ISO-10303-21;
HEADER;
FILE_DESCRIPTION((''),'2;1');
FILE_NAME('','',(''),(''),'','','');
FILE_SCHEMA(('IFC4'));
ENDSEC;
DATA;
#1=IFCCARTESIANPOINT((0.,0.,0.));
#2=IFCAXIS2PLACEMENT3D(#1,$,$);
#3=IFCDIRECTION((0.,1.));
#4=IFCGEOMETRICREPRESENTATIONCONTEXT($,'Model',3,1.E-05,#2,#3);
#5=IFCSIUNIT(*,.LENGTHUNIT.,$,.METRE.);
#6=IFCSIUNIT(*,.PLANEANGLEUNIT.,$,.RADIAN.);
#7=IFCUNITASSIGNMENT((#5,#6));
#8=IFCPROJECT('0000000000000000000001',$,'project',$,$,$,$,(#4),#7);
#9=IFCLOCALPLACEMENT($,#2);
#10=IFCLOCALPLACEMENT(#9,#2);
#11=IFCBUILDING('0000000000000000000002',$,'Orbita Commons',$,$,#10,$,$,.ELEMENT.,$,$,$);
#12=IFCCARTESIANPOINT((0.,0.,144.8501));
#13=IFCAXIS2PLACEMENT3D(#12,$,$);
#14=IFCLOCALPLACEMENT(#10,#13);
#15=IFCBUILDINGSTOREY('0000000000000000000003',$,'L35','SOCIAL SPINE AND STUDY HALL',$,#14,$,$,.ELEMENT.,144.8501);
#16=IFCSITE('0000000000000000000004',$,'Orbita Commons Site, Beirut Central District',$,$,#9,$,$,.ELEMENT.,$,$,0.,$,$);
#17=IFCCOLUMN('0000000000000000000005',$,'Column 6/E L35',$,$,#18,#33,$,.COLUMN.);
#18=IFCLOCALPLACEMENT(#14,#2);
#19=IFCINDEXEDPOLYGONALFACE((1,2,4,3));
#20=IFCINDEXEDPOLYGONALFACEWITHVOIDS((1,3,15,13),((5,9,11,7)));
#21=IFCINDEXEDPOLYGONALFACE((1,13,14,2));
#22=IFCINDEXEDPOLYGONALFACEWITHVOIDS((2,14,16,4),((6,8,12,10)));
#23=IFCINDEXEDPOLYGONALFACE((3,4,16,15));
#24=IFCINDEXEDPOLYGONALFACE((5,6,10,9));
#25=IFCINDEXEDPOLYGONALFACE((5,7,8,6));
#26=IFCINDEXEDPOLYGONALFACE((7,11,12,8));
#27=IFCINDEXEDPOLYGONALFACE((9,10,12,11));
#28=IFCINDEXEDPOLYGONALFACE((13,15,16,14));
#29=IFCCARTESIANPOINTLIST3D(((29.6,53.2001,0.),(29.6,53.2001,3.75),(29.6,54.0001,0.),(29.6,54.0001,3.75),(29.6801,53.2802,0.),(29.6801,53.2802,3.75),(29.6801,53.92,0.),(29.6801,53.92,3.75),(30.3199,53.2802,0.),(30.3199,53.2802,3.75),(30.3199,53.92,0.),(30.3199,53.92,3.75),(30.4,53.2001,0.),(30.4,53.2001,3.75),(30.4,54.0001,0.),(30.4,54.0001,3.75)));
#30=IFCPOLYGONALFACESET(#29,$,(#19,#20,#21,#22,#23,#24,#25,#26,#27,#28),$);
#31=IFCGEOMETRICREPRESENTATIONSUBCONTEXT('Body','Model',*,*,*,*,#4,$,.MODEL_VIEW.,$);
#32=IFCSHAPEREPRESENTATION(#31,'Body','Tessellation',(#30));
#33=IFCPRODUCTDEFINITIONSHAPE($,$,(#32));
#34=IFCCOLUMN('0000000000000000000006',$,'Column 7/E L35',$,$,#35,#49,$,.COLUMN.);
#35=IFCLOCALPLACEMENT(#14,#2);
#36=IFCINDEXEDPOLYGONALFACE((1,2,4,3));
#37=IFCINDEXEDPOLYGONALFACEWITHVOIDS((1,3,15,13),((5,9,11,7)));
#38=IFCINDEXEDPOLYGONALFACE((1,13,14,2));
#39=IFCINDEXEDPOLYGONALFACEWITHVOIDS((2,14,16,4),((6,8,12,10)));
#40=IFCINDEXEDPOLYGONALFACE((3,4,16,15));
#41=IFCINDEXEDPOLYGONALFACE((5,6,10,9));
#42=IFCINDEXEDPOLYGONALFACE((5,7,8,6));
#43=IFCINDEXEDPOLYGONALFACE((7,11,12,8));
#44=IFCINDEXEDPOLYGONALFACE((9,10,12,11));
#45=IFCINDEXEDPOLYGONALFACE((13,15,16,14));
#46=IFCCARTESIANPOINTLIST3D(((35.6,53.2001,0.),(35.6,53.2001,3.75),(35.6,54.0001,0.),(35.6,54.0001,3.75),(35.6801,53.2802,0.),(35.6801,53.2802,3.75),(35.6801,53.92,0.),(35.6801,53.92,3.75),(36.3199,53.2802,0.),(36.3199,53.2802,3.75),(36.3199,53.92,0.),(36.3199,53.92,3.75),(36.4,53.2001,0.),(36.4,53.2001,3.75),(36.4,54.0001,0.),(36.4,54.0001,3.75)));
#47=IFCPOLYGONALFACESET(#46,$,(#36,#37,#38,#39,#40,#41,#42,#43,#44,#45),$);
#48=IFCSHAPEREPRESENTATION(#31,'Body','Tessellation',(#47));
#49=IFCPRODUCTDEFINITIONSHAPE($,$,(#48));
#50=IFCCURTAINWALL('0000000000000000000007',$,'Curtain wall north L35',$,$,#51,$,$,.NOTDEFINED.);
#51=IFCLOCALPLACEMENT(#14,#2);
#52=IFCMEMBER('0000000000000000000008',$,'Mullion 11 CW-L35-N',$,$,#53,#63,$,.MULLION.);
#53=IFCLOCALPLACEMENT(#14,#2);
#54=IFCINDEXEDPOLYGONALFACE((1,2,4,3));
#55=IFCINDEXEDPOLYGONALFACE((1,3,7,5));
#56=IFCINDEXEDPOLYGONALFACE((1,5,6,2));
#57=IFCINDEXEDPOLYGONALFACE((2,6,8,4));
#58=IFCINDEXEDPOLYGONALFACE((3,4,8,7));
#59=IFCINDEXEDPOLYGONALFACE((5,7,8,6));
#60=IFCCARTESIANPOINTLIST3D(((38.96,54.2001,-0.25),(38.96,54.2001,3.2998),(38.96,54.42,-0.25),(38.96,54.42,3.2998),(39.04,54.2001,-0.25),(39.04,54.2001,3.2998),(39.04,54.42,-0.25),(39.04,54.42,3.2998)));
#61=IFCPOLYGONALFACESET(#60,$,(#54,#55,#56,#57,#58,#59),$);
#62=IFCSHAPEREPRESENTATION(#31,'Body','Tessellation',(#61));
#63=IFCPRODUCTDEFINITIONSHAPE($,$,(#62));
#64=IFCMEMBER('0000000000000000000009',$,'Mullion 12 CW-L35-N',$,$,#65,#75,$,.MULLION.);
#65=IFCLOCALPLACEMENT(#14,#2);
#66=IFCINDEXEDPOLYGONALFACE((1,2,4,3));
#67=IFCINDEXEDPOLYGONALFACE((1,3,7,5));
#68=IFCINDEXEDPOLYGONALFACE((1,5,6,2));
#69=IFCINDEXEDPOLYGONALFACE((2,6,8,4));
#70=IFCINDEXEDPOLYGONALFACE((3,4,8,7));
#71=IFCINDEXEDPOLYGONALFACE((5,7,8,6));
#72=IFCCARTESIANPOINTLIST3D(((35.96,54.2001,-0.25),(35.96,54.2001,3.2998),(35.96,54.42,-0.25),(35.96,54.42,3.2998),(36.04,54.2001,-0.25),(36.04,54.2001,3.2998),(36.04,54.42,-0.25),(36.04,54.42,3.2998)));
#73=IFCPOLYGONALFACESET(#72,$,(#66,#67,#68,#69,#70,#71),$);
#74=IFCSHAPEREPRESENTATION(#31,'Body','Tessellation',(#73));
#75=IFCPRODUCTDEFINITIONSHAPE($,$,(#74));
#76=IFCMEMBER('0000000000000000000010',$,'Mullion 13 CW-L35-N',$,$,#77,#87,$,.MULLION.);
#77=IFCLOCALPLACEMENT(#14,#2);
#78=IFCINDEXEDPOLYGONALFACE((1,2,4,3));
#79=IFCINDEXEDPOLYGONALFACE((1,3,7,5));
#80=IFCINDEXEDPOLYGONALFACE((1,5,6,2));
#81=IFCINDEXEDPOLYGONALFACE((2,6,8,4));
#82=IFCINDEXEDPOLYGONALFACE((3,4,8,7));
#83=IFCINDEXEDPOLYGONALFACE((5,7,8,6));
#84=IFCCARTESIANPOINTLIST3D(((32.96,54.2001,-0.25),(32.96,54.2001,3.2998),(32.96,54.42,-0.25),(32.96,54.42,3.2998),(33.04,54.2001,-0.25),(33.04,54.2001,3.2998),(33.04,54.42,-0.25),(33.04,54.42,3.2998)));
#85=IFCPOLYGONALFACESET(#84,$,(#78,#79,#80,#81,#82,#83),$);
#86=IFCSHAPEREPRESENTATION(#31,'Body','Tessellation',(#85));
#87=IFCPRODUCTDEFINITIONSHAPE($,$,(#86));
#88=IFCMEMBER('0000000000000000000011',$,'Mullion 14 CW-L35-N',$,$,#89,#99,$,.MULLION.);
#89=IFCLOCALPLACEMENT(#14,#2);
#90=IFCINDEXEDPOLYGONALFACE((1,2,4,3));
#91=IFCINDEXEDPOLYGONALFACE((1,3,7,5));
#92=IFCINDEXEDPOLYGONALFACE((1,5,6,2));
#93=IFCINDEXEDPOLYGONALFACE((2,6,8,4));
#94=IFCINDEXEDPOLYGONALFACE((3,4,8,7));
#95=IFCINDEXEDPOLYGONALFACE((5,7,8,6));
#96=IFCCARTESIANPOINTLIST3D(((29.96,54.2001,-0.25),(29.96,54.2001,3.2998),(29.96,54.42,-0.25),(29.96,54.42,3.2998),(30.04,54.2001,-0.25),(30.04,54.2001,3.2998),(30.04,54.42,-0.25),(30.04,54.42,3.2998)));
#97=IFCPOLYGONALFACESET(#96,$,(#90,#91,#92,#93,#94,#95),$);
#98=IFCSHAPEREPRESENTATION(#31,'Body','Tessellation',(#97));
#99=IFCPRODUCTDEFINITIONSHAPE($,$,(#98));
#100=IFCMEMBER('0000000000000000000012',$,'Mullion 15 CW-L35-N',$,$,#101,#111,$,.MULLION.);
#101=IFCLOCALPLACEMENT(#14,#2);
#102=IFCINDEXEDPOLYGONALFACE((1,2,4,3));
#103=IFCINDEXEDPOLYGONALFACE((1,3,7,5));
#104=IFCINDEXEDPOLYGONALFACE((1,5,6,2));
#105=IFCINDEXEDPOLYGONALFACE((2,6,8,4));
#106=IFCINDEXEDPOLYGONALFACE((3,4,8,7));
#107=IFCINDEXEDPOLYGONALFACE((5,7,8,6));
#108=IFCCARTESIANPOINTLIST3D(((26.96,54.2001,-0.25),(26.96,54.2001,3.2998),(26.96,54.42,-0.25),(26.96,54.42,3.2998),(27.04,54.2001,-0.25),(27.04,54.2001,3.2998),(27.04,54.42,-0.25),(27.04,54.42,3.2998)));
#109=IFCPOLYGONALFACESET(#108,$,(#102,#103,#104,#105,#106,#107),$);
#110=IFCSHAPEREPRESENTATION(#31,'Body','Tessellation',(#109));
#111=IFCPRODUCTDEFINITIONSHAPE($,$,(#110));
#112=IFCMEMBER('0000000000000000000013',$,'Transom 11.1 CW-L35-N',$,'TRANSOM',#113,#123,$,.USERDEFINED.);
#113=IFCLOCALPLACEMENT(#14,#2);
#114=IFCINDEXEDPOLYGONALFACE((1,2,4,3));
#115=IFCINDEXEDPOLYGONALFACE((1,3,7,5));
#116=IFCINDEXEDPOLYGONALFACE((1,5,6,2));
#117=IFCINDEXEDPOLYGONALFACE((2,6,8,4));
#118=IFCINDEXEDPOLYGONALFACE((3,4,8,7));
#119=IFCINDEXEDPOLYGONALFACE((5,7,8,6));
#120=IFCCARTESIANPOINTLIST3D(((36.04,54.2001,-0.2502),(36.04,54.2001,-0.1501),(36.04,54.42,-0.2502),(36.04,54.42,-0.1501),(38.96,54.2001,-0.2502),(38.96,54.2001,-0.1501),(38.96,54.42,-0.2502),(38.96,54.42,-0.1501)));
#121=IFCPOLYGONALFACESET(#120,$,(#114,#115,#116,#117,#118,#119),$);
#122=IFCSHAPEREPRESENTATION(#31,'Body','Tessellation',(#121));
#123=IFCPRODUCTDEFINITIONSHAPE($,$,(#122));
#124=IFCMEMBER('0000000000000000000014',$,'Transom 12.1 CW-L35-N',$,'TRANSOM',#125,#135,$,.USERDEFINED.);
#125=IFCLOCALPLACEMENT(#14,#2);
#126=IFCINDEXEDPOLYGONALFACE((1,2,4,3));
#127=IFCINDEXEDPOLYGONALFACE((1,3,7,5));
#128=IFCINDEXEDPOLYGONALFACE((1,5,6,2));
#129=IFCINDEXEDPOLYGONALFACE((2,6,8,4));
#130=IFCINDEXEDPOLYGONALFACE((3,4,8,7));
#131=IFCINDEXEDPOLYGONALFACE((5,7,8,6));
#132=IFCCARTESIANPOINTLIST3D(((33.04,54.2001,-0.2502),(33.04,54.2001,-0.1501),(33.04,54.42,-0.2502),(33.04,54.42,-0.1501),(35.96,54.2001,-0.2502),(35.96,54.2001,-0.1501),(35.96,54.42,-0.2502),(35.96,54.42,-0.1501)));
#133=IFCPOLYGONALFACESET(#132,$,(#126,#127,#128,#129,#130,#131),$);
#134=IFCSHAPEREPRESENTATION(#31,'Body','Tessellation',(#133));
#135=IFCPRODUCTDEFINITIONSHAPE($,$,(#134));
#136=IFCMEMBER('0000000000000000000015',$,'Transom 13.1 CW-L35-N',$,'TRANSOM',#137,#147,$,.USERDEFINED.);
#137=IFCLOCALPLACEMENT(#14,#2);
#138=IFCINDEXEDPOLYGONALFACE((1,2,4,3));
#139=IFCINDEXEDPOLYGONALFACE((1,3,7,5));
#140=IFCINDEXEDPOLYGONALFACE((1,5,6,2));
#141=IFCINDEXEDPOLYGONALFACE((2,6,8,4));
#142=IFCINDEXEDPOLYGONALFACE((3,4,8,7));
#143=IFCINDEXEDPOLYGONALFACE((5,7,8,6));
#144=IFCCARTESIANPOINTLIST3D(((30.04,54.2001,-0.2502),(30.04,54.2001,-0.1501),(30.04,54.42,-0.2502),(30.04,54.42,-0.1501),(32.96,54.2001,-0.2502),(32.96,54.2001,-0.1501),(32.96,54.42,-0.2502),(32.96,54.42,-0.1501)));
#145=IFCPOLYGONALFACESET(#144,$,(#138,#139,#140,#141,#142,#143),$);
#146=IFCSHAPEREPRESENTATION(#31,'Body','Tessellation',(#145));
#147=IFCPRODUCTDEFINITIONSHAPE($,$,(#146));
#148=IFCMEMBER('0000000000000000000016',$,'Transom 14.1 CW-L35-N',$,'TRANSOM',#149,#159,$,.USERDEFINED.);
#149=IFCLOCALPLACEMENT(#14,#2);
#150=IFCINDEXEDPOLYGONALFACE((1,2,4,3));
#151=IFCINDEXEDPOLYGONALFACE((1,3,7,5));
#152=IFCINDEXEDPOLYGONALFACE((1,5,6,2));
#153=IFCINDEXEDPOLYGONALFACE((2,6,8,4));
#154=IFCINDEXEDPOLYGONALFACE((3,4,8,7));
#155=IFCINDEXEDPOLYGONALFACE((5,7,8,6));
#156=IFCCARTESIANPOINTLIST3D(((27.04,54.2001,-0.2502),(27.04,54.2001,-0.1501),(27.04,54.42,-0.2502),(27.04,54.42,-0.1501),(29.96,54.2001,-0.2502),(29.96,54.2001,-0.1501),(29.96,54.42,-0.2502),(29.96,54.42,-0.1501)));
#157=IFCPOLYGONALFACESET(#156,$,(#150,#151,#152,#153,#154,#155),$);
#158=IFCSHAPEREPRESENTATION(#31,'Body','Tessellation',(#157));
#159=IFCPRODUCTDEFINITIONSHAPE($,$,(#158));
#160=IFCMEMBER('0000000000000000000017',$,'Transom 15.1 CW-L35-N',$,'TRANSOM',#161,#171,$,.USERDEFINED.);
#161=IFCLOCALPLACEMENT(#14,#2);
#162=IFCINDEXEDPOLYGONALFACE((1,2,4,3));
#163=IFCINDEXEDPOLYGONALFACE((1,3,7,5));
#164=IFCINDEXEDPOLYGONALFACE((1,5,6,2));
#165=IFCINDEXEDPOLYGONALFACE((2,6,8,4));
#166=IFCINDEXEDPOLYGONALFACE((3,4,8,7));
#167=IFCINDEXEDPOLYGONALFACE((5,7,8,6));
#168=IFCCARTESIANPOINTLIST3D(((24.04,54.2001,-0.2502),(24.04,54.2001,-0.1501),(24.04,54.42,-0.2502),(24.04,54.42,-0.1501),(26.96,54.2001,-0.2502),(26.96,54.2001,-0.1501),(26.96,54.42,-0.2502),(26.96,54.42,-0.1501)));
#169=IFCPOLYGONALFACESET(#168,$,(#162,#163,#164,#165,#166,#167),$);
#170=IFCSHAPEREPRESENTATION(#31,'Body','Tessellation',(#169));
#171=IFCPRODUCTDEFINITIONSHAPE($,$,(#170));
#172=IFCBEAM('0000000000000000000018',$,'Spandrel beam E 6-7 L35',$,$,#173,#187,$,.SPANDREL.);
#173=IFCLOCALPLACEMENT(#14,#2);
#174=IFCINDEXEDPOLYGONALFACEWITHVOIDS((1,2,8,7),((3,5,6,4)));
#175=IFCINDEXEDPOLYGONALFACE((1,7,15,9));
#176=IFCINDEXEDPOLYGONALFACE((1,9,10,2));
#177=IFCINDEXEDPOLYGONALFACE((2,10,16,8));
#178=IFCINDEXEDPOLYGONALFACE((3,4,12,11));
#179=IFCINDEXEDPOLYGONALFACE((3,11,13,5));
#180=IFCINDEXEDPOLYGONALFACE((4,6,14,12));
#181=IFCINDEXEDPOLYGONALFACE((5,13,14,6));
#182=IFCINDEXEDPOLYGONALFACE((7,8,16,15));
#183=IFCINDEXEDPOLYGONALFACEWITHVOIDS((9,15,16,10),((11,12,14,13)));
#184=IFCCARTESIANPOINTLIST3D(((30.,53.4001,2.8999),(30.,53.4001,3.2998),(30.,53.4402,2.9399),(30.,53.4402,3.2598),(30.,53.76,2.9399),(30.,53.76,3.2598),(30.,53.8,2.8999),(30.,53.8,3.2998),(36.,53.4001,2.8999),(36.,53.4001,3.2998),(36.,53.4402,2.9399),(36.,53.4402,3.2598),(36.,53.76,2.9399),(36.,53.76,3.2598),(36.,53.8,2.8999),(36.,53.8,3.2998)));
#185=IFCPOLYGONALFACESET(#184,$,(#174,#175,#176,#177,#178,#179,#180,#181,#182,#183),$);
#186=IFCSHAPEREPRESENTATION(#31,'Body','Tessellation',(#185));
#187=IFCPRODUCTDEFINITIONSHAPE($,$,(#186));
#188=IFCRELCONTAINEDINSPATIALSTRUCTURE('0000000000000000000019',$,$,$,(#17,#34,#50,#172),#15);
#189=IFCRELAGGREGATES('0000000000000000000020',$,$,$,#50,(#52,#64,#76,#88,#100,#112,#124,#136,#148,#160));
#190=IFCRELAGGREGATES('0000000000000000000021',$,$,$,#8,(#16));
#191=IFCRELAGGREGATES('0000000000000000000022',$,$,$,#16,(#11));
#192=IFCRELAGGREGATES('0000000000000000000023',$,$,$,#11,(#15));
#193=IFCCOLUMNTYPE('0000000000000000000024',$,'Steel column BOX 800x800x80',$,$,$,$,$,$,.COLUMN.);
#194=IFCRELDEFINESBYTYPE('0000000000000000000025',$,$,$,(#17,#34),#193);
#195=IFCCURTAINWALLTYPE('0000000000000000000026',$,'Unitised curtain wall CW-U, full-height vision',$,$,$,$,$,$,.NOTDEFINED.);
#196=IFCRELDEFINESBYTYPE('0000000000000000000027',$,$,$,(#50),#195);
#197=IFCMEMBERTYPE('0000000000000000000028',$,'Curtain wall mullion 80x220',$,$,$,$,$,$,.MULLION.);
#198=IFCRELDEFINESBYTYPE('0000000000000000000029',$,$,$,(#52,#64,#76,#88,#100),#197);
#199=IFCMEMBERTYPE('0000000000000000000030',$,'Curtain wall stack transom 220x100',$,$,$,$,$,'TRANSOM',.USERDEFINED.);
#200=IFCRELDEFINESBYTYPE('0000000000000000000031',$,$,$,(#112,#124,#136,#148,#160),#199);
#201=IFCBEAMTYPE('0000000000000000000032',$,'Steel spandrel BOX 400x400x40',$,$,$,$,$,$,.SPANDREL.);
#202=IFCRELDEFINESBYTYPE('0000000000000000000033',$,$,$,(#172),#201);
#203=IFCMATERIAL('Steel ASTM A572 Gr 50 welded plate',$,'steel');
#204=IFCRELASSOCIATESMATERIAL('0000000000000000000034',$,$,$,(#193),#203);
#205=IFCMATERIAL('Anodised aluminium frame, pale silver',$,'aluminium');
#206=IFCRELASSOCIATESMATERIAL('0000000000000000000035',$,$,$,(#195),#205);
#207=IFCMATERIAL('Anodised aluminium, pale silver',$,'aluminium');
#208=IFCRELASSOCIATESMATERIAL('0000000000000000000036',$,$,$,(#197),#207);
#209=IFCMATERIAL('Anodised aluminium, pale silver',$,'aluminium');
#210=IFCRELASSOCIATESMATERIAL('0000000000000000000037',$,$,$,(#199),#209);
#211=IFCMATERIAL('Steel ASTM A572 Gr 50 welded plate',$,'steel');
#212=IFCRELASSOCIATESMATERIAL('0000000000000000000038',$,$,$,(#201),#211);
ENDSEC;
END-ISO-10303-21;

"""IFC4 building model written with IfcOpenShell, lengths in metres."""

from ifc_helpers import new_model, si_unit, direction, frame, origin, origin_2d, place, context, subcontext, project, spatial, rectangle, hollow_rectangle, extrude, material, material_profile, profile_set, type_object, element, aggregate, save


model = new_model("IFC4")

# Units and contexts
model_context = context("Model", 3, precision=1e-05, world=origin(), true_north=direction((0.0, 1.0)))
body_context = subcontext(model_context, "Body", "Model", "MODEL_VIEW")
ifc_project = project(units=[si_unit("LENGTHUNIT", "METRE"), si_unit("PLANEANGLEUNIT", "RADIAN")], contexts=[model_context])

# Site, building, storey
site_placement = place(None, origin())
site = spatial("IfcSite", under=ifc_project, at=site_placement, Name="Orbita Commons Site, Beirut Central District", CompositionType="ELEMENT", RefElevation=0.0)
building_placement = place(site_placement, origin())
building = spatial("IfcBuilding", under=site, at=building_placement, Name="Orbita Commons", CompositionType="ELEMENT")
storey_placement = place(building_placement, frame((0.0, 0.0, 144.8501)))
storey = spatial("IfcBuildingStorey", under=building, at=storey_placement, Name="L35", Description="SOCIAL SPINE AND STUDY HALL", CompositionType="ELEMENT", Elevation=144.8501)

# Columns
ifc_material_1 = material(Name="Steel ASTM A572 Gr 50 welded plate", Category="steel")
ifc_material_profile_1 = material_profile(ifc_material_1, hollow_rectangle(XDim=0.8, YDim=0.8, WallThickness=0.0801, at=origin_2d()), Name="BOX 800x800x80")
ifc_profile_set_1 = profile_set([ifc_material_profile_1], Name="Steel ASTM A572 Gr 50 welded plate")
column_type = type_object("IfcColumnType", Name="Steel column BOX 800x800x80", PredefinedType="COLUMN", material=ifc_profile_set_1)
for number, where, z_axis, x_axis, name in (
    (1, (30.0, 53.6001, 0.0), (0.0, 0.0, 1.0), (1.0, 0.0, 0.0), "Column 6/E L35"),
    (2, (36.0, 53.6001, 0.0), (0.0, 0.0, 1.0), (1.0, 0.0, 0.0), "Column 7/E L35"),
):
    element("IfcColumn", number, at=place(storey_placement, frame(where, z_axis=z_axis, x_axis=x_axis)), inside=storey, type_object=column_type, Name=name, PredefinedType="COLUMN", context=body_context, shape_type="SweptSolid", body=[
        extrude(hollow_rectangle(XDim=0.8, YDim=0.8, WallThickness=0.0801, at=origin_2d()), origin(), (0.0, 0.0, 1.0), 3.75),
    ])

# Curtain wall, members
ifc_material_2 = material(Name="Anodised aluminium frame, pale silver", Category="aluminium")
curtain_wall_type = type_object("IfcCurtainWallType", Name="Unitised curtain wall CW-U, full-height vision", PredefinedType="NOTDEFINED", material=ifc_material_2)
curtain_wall_placement = place(storey_placement, origin())
curtain_wall = element("IfcCurtainWall", 3, at=curtain_wall_placement, inside=storey, type_object=curtain_wall_type, Name="Curtain wall north L35", PredefinedType="NOTDEFINED")
ifc_material_3 = material(Name="Anodised aluminium, pale silver", Category="aluminium")
ifc_material_profile_2 = material_profile(ifc_material_3, rectangle(XDim=0.0801, YDim=0.22, at=origin_2d()), Name="AL 80x220")
ifc_profile_set_2 = profile_set([ifc_material_profile_2], Name="Anodised aluminium, pale silver")
member_type_1 = type_object("IfcMemberType", Name="Curtain wall mullion 80x220", PredefinedType="MULLION", material=ifc_profile_set_2)
member_1_placement = place(storey_placement, frame((39.0, 54.3101, -0.25), z_axis=(0.0, 0.0, 1.0), x_axis=(-1.0, 0.0, 0.0)))
member_1 = element("IfcMember", 4, at=member_1_placement, type_object=member_type_1, Name="Mullion 11 CW-L35-N", PredefinedType="MULLION", context=body_context, shape_type="SweptSolid", body=[
    extrude(rectangle(XDim=0.0801, YDim=0.22, at=origin_2d()), origin(), (0.0, 0.0, 1.0), 3.5498),
])
member_2_placement = place(storey_placement, frame((36.0, 54.3101, -0.25), z_axis=(0.0, 0.0, 1.0), x_axis=(-1.0, 0.0, 0.0)))
member_2 = element("IfcMember", 5, at=member_2_placement, type_object=member_type_1, Name="Mullion 12 CW-L35-N", PredefinedType="MULLION", context=body_context, shape_type="SweptSolid", body=[
    extrude(rectangle(XDim=0.0801, YDim=0.22, at=origin_2d()), origin(), (0.0, 0.0, 1.0), 3.5498),
])
member_3_placement = place(storey_placement, frame((33.0, 54.3101, -0.25), z_axis=(0.0, 0.0, 1.0), x_axis=(-1.0, 0.0, 0.0)))
member_3 = element("IfcMember", 6, at=member_3_placement, type_object=member_type_1, Name="Mullion 13 CW-L35-N", PredefinedType="MULLION", context=body_context, shape_type="SweptSolid", body=[
    extrude(rectangle(XDim=0.0801, YDim=0.22, at=origin_2d()), origin(), (0.0, 0.0, 1.0), 3.5498),
])
member_4_placement = place(storey_placement, frame((30.0, 54.3101, -0.25), z_axis=(0.0, 0.0, 1.0), x_axis=(-1.0, 0.0, 0.0)))
member_4 = element("IfcMember", 7, at=member_4_placement, type_object=member_type_1, Name="Mullion 14 CW-L35-N", PredefinedType="MULLION", context=body_context, shape_type="SweptSolid", body=[
    extrude(rectangle(XDim=0.0801, YDim=0.22, at=origin_2d()), origin(), (0.0, 0.0, 1.0), 3.5498),
])
member_5_placement = place(storey_placement, frame((27.0, 54.3101, -0.25), z_axis=(0.0, 0.0, 1.0), x_axis=(-1.0, 0.0, 0.0)))
member_5 = element("IfcMember", 8, at=member_5_placement, type_object=member_type_1, Name="Mullion 15 CW-L35-N", PredefinedType="MULLION", context=body_context, shape_type="SweptSolid", body=[
    extrude(rectangle(XDim=0.0801, YDim=0.22, at=origin_2d()), origin(), (0.0, 0.0, 1.0), 3.5498),
])
ifc_material_4 = material(Name="Anodised aluminium, pale silver", Category="aluminium")
ifc_material_profile_3 = material_profile(ifc_material_4, rectangle(XDim=0.22, YDim=0.1001, at=origin_2d()), Name="AL 220x100")
ifc_profile_set_3 = profile_set([ifc_material_profile_3], Name="Anodised aluminium, pale silver")
member_type_2 = type_object("IfcMemberType", Name="Curtain wall stack transom 220x100", ElementType="TRANSOM", PredefinedType="USERDEFINED", material=ifc_profile_set_3)
member_6_placement = place(storey_placement, frame((38.96, 54.3101, -0.2002), z_axis=(-1.0, 0.0, 0.0), x_axis=(0.0, -1.0, 0.0)))
member_6 = element("IfcMember", 9, at=member_6_placement, type_object=member_type_2, Name="Transom 11.1 CW-L35-N", ObjectType="TRANSOM", PredefinedType="USERDEFINED", context=body_context, shape_type="SweptSolid", body=[
    extrude(rectangle(XDim=0.22, YDim=0.1001, at=origin_2d()), origin(), (0.0, 0.0, 1.0), 2.9199),
])
member_7_placement = place(storey_placement, frame((35.96, 54.3101, -0.2002), z_axis=(-1.0, 0.0, 0.0), x_axis=(0.0, -1.0, 0.0)))
member_7 = element("IfcMember", 10, at=member_7_placement, type_object=member_type_2, Name="Transom 12.1 CW-L35-N", ObjectType="TRANSOM", PredefinedType="USERDEFINED", context=body_context, shape_type="SweptSolid", body=[
    extrude(rectangle(XDim=0.22, YDim=0.1001, at=origin_2d()), origin(), (0.0, 0.0, 1.0), 2.9199),
])
member_8_placement = place(storey_placement, frame((32.96, 54.3101, -0.2002), z_axis=(-1.0, 0.0, 0.0), x_axis=(0.0, -1.0, 0.0)))
member_8 = element("IfcMember", 11, at=member_8_placement, type_object=member_type_2, Name="Transom 13.1 CW-L35-N", ObjectType="TRANSOM", PredefinedType="USERDEFINED", context=body_context, shape_type="SweptSolid", body=[
    extrude(rectangle(XDim=0.22, YDim=0.1001, at=origin_2d()), origin(), (0.0, 0.0, 1.0), 2.9199),
])
member_9_placement = place(storey_placement, frame((29.96, 54.3101, -0.2002), z_axis=(-1.0, 0.0, 0.0), x_axis=(0.0, -1.0, 0.0)))
member_9 = element("IfcMember", 12, at=member_9_placement, type_object=member_type_2, Name="Transom 14.1 CW-L35-N", ObjectType="TRANSOM", PredefinedType="USERDEFINED", context=body_context, shape_type="SweptSolid", body=[
    extrude(rectangle(XDim=0.22, YDim=0.1001, at=origin_2d()), origin(), (0.0, 0.0, 1.0), 2.9199),
])
member_10_placement = place(storey_placement, frame((26.96, 54.3101, -0.2002), z_axis=(-1.0, 0.0, 0.0), x_axis=(0.0, -1.0, 0.0)))
member_10 = element("IfcMember", 13, at=member_10_placement, type_object=member_type_2, Name="Transom 15.1 CW-L35-N", ObjectType="TRANSOM", PredefinedType="USERDEFINED", context=body_context, shape_type="SweptSolid", body=[
    extrude(rectangle(XDim=0.22, YDim=0.1001, at=origin_2d()), origin(), (0.0, 0.0, 1.0), 2.9199),
])

# Beam
ifc_material_5 = material(Name="Steel ASTM A572 Gr 50 welded plate", Category="steel")
ifc_material_profile_4 = material_profile(ifc_material_5, hollow_rectangle(XDim=0.3999, YDim=0.3999, WallThickness=0.04, at=origin_2d()), Name="BOX 400x400x40")
ifc_profile_set_4 = profile_set([ifc_material_profile_4], Name="Steel ASTM A572 Gr 50 welded plate")
beam_type = type_object("IfcBeamType", Name="Steel spandrel BOX 400x400x40", PredefinedType="SPANDREL", material=ifc_profile_set_4)
for number, where, z_axis, x_axis, name in (
    (14, (30.0, 53.6001, 3.0999), (1.0, 0.0, 0.0), (0.0, 1.0, 0.0), "Spandrel beam E 6-7 L35"),
):
    element("IfcBeam", number, at=place(storey_placement, frame(where, z_axis=z_axis, x_axis=x_axis)), inside=storey, type_object=beam_type, Name=name, PredefinedType="SPANDREL", context=body_context, shape_type="SweptSolid", body=[
        extrude(hollow_rectangle(XDim=0.3999, YDim=0.3999, WallThickness=0.04, at=origin_2d()), origin(), (0.0, 0.0, 1.0), 6.0),
    ])

aggregate(curtain_wall, [member_1, member_2, member_3, member_4, member_5, member_6, member_7, member_8, member_9, member_10])

save(model, "model.ifc")
